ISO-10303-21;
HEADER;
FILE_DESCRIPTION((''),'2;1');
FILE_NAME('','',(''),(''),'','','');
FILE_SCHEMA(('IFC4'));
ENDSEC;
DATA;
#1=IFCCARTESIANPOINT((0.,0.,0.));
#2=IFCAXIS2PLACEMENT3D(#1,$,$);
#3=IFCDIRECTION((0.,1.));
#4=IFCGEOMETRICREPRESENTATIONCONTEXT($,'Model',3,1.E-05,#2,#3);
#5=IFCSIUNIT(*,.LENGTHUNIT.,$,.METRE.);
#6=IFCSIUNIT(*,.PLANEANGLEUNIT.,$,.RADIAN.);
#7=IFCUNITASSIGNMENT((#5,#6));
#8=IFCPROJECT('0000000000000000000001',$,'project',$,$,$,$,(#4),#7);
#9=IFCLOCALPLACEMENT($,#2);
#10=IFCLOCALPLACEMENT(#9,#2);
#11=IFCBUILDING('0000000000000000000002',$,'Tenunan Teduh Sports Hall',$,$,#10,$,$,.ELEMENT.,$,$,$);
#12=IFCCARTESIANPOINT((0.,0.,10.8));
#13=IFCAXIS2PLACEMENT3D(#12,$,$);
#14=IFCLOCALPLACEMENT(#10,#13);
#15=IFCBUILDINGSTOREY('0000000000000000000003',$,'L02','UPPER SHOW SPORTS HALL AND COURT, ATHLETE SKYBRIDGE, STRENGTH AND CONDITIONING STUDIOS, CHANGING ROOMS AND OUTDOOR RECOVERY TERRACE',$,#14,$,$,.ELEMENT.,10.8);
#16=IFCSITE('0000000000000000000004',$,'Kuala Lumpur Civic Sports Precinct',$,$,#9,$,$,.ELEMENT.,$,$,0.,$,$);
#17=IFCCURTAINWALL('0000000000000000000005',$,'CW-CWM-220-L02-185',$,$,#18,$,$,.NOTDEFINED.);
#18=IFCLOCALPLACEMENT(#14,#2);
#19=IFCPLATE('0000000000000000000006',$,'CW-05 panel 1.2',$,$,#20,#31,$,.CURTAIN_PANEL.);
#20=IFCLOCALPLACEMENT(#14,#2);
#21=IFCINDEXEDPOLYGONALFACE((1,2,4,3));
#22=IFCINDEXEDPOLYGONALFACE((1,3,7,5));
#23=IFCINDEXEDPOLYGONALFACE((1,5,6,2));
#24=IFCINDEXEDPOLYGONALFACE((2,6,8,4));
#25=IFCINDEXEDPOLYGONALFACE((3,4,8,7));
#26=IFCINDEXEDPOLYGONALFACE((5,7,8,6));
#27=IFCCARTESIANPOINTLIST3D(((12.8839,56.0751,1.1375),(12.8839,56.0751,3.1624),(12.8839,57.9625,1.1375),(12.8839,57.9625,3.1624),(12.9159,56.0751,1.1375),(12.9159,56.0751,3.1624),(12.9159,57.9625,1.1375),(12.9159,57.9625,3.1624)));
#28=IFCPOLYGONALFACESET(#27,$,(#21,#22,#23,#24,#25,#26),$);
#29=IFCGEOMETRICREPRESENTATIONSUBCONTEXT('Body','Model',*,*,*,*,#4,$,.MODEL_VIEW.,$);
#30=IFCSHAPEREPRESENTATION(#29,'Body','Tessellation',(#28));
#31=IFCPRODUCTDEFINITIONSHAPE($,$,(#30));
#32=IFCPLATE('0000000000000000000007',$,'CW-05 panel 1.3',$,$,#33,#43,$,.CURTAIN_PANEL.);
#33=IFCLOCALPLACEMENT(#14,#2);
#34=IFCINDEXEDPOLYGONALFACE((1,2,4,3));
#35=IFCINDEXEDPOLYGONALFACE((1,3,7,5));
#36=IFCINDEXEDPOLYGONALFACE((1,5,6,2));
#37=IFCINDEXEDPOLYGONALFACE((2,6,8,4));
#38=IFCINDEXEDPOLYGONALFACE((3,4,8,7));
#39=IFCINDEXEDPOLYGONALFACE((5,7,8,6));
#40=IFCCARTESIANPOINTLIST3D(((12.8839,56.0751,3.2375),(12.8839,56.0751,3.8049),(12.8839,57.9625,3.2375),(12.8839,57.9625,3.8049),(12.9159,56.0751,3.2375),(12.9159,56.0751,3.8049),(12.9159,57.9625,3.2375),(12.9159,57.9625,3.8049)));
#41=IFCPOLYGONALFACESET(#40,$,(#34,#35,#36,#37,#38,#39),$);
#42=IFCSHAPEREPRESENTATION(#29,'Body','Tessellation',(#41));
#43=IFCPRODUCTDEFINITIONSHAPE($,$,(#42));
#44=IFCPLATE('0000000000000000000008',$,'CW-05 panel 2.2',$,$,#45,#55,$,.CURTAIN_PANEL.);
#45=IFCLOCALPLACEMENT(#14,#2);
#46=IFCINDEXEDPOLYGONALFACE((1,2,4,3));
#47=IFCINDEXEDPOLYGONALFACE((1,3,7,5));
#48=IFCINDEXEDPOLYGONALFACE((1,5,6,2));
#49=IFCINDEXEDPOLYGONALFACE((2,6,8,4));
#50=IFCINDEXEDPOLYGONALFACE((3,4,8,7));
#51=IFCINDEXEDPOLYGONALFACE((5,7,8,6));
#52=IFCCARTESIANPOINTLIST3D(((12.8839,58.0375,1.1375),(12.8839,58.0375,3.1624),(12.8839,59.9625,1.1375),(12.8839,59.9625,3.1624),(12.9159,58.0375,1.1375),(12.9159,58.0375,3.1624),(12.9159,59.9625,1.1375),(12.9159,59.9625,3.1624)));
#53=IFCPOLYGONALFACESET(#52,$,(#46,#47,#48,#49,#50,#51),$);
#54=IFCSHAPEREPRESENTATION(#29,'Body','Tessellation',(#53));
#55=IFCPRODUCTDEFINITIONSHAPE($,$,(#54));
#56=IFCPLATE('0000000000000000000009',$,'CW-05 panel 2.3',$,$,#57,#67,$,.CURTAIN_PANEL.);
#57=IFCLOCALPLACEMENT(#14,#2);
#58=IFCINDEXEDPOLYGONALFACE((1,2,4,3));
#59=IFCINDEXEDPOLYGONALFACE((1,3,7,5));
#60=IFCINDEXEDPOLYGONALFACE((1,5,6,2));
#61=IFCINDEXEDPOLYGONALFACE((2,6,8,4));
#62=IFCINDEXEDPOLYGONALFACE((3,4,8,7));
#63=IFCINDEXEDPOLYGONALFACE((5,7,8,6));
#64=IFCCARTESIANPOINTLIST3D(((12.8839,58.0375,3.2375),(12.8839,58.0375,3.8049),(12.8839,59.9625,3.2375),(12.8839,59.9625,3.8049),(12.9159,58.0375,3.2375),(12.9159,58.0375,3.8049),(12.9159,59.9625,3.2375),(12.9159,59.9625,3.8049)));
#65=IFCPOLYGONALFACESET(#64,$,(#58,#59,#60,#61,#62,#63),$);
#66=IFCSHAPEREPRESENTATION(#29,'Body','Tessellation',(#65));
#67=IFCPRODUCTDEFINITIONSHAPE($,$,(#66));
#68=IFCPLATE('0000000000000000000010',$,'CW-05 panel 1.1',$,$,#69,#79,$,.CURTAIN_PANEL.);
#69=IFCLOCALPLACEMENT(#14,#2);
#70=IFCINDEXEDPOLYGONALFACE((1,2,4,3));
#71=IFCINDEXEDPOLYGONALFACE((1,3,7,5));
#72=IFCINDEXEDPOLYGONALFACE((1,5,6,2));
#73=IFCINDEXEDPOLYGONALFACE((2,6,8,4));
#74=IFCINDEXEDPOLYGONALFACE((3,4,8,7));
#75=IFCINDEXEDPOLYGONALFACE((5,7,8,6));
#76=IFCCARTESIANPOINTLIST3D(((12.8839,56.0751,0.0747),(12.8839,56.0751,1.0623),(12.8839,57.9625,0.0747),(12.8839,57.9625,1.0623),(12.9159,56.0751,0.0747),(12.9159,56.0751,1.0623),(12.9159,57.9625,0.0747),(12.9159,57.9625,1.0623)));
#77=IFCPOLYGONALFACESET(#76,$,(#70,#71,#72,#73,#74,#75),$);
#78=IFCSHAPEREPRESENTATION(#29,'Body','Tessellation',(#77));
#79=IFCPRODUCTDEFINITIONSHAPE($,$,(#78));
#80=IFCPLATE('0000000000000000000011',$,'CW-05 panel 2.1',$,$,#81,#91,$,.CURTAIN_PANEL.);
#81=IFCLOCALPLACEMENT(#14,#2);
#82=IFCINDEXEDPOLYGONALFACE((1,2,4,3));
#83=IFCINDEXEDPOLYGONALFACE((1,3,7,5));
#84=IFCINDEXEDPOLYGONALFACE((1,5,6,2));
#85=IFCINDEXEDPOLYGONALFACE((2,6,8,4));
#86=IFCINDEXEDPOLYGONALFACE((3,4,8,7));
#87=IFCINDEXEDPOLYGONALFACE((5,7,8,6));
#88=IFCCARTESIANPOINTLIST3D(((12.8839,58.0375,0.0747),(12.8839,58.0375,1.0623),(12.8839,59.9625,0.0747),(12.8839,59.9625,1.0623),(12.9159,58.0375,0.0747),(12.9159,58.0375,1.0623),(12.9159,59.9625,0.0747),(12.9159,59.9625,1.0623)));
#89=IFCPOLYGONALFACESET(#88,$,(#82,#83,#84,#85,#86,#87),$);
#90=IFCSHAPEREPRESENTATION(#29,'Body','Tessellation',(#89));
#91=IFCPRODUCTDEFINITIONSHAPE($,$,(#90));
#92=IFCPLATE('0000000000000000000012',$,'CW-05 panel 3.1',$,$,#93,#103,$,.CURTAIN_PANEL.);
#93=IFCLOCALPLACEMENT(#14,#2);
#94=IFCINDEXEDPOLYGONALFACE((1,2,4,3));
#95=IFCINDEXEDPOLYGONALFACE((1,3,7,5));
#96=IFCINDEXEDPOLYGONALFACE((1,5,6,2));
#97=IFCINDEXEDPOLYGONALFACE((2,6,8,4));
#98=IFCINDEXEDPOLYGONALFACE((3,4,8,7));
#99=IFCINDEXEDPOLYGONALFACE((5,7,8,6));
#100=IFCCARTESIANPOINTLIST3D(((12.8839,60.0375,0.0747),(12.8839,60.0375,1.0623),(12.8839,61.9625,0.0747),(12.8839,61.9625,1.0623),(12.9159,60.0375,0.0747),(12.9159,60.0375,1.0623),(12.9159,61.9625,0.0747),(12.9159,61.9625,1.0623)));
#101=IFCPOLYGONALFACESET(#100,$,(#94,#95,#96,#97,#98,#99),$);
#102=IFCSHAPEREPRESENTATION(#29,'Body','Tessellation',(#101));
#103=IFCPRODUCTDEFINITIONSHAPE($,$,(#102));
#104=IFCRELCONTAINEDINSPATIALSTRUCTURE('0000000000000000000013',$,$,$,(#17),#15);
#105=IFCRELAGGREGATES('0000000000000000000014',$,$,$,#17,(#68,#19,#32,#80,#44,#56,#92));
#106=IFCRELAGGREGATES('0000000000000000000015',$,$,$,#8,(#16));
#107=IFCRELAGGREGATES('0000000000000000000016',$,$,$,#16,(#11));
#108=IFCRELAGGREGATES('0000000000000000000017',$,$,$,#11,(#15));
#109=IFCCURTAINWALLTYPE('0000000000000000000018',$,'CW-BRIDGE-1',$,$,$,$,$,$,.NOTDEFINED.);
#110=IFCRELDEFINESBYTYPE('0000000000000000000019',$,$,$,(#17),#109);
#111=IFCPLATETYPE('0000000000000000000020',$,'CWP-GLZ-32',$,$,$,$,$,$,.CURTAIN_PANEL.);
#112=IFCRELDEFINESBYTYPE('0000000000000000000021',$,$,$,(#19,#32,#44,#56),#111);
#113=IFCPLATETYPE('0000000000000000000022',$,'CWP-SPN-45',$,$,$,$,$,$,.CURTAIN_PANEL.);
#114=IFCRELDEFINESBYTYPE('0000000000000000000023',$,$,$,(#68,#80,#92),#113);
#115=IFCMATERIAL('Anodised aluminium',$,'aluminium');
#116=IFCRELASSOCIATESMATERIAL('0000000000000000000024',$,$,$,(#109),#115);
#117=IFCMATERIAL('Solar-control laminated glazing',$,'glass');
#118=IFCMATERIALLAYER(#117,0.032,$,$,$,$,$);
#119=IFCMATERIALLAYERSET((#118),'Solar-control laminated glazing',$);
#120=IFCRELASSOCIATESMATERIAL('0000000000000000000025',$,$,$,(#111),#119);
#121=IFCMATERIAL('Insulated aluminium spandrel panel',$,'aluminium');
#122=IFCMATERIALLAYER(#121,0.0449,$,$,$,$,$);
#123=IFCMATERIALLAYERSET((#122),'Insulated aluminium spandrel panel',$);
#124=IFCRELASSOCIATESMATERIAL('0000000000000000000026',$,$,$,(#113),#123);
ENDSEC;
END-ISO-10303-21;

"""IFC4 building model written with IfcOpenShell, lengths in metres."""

from ifc_helpers import new_model, si_unit, direction, frame, origin, origin_2d, place, context, subcontext, project, spatial, rectangle, extrude, material, layer, layer_set, type_object, element, aggregate, save


model = new_model("IFC4")

# Units and contexts
model_context = context("Model", 3, precision=1e-05, world=origin(), true_north=direction((0.0, 1.0)))
body_context = subcontext(model_context, "Body", "Model", "MODEL_VIEW")
ifc_project = project(units=[si_unit("LENGTHUNIT", "METRE"), si_unit("PLANEANGLEUNIT", "RADIAN")], contexts=[model_context])

# Site, building, storey
site_placement = place(None, origin())
site = spatial("IfcSite", under=ifc_project, at=site_placement, Name="Kuala Lumpur Civic Sports Precinct", CompositionType="ELEMENT", RefElevation=0.0)
building_placement = place(site_placement, origin())
building = spatial("IfcBuilding", under=site, at=building_placement, Name="Tenunan Teduh Sports Hall", CompositionType="ELEMENT")
storey_placement = place(building_placement, frame((0.0, 0.0, 10.8)))
storey = spatial("IfcBuildingStorey", under=building, at=storey_placement, Name="L02", Description="UPPER SHOW SPORTS HALL AND COURT, ATHLETE SKYBRIDGE, STRENGTH AND CONDITIONING STUDIOS, CHANGING ROOMS AND OUTDOOR RECOVERY TERRACE", CompositionType="ELEMENT", Elevation=10.8)

# Curtain wall, plates
ifc_material_1 = material(Name="Anodised aluminium", Category="aluminium")
curtain_wall_type = type_object("IfcCurtainWallType", Name="CW-BRIDGE-1", PredefinedType="NOTDEFINED", material=ifc_material_1)
curtain_wall_placement = place(storey_placement, origin())
curtain_wall = element("IfcCurtainWall", 1, at=curtain_wall_placement, inside=storey, type_object=curtain_wall_type, Name="CW-CWM-220-L02-185", PredefinedType="NOTDEFINED")
ifc_material_2 = material(Name="Solar-control laminated glazing", Category="glass")
ifc_layer_1 = layer(ifc_material_2, 0.032)
ifc_layer_set_1 = layer_set([ifc_layer_1], Name="Solar-control laminated glazing")
plate_type_1 = type_object("IfcPlateType", Name="CWP-GLZ-32", PredefinedType="CURTAIN_PANEL", material=ifc_layer_set_1)
plate_1_placement = place(storey_placement, frame((12.8999, 57.0188, 1.1375), z_axis=(0.0, 0.0, 1.0), x_axis=(0.0, 1.0, 0.0)))
plate_1 = element("IfcPlate", 2, at=plate_1_placement, type_object=plate_type_1, Name="CW-05 panel 1.2", PredefinedType="CURTAIN_PANEL", context=body_context, shape_type="SweptSolid", body=[
    extrude(rectangle(XDim=1.8875, YDim=0.032, at=origin_2d()), origin(), (0.0, 0.0, 1.0), 2.0249),
])
plate_2_placement = place(storey_placement, frame((12.8999, 57.0188, 3.2375), z_axis=(0.0, 0.0, 1.0), x_axis=(0.0, 1.0, 0.0)))
plate_2 = element("IfcPlate", 3, at=plate_2_placement, type_object=plate_type_1, Name="CW-05 panel 1.3", PredefinedType="CURTAIN_PANEL", context=body_context, shape_type="SweptSolid", body=[
    extrude(rectangle(XDim=1.8875, YDim=0.032, at=origin_2d()), origin(), (0.0, 0.0, 1.0), 0.5674),
])
plate_3_placement = place(storey_placement, frame((12.8999, 59.0, 1.1375), z_axis=(0.0, 0.0, 1.0), x_axis=(0.0, 1.0, 0.0)))
plate_3 = element("IfcPlate", 4, at=plate_3_placement, type_object=plate_type_1, Name="CW-05 panel 2.2", PredefinedType="CURTAIN_PANEL", context=body_context, shape_type="SweptSolid", body=[
    extrude(rectangle(XDim=1.925, YDim=0.032, at=origin_2d()), origin(), (0.0, 0.0, 1.0), 2.0249),
])
plate_4_placement = place(storey_placement, frame((12.8999, 59.0, 3.2375), z_axis=(0.0, 0.0, 1.0), x_axis=(0.0, 1.0, 0.0)))
plate_4 = element("IfcPlate", 5, at=plate_4_placement, type_object=plate_type_1, Name="CW-05 panel 2.3", PredefinedType="CURTAIN_PANEL", context=body_context, shape_type="SweptSolid", body=[
    extrude(rectangle(XDim=1.925, YDim=0.032, at=origin_2d()), origin(), (0.0, 0.0, 1.0), 0.5674),
])
ifc_material_3 = material(Name="Insulated aluminium spandrel panel", Category="aluminium")
ifc_layer_2 = layer(ifc_material_3, 0.0449)
ifc_layer_set_2 = layer_set([ifc_layer_2], Name="Insulated aluminium spandrel panel")
plate_type_2 = type_object("IfcPlateType", Name="CWP-SPN-45", PredefinedType="CURTAIN_PANEL", material=ifc_layer_set_2)
plate_5_placement = place(storey_placement, frame((12.8999, 57.0188, 0.0747), z_axis=(0.0, 0.0, 1.0), x_axis=(0.0, 1.0, 0.0)))
plate_5 = element("IfcPlate", 6, at=plate_5_placement, type_object=plate_type_2, Name="CW-05 panel 1.1", PredefinedType="CURTAIN_PANEL", context=body_context, shape_type="SweptSolid", body=[
    extrude(rectangle(XDim=1.8875, YDim=0.032, at=origin_2d()), origin(), (0.0, 0.0, 1.0), 0.9875),
])
plate_6_placement = place(storey_placement, frame((12.8999, 59.0, 0.0747), z_axis=(0.0, 0.0, 1.0), x_axis=(0.0, 1.0, 0.0)))
plate_6 = element("IfcPlate", 7, at=plate_6_placement, type_object=plate_type_2, Name="CW-05 panel 2.1", PredefinedType="CURTAIN_PANEL", context=body_context, shape_type="SweptSolid", body=[
    extrude(rectangle(XDim=1.925, YDim=0.032, at=origin_2d()), origin(), (0.0, 0.0, 1.0), 0.9875),
])
plate_7_placement = place(storey_placement, frame((12.8999, 61.0, 0.0747), z_axis=(0.0, 0.0, 1.0), x_axis=(0.0, 1.0, 0.0)))
plate_7 = element("IfcPlate", 8, at=plate_7_placement, type_object=plate_type_2, Name="CW-05 panel 3.1", PredefinedType="CURTAIN_PANEL", context=body_context, shape_type="SweptSolid", body=[
    extrude(rectangle(XDim=1.925, YDim=0.032, at=origin_2d()), origin(), (0.0, 0.0, 1.0), 0.9875),
])
aggregate(curtain_wall, [plate_5, plate_1, plate_2, plate_6, plate_3, plate_4, plate_7])

save(model, "model.ifc")
